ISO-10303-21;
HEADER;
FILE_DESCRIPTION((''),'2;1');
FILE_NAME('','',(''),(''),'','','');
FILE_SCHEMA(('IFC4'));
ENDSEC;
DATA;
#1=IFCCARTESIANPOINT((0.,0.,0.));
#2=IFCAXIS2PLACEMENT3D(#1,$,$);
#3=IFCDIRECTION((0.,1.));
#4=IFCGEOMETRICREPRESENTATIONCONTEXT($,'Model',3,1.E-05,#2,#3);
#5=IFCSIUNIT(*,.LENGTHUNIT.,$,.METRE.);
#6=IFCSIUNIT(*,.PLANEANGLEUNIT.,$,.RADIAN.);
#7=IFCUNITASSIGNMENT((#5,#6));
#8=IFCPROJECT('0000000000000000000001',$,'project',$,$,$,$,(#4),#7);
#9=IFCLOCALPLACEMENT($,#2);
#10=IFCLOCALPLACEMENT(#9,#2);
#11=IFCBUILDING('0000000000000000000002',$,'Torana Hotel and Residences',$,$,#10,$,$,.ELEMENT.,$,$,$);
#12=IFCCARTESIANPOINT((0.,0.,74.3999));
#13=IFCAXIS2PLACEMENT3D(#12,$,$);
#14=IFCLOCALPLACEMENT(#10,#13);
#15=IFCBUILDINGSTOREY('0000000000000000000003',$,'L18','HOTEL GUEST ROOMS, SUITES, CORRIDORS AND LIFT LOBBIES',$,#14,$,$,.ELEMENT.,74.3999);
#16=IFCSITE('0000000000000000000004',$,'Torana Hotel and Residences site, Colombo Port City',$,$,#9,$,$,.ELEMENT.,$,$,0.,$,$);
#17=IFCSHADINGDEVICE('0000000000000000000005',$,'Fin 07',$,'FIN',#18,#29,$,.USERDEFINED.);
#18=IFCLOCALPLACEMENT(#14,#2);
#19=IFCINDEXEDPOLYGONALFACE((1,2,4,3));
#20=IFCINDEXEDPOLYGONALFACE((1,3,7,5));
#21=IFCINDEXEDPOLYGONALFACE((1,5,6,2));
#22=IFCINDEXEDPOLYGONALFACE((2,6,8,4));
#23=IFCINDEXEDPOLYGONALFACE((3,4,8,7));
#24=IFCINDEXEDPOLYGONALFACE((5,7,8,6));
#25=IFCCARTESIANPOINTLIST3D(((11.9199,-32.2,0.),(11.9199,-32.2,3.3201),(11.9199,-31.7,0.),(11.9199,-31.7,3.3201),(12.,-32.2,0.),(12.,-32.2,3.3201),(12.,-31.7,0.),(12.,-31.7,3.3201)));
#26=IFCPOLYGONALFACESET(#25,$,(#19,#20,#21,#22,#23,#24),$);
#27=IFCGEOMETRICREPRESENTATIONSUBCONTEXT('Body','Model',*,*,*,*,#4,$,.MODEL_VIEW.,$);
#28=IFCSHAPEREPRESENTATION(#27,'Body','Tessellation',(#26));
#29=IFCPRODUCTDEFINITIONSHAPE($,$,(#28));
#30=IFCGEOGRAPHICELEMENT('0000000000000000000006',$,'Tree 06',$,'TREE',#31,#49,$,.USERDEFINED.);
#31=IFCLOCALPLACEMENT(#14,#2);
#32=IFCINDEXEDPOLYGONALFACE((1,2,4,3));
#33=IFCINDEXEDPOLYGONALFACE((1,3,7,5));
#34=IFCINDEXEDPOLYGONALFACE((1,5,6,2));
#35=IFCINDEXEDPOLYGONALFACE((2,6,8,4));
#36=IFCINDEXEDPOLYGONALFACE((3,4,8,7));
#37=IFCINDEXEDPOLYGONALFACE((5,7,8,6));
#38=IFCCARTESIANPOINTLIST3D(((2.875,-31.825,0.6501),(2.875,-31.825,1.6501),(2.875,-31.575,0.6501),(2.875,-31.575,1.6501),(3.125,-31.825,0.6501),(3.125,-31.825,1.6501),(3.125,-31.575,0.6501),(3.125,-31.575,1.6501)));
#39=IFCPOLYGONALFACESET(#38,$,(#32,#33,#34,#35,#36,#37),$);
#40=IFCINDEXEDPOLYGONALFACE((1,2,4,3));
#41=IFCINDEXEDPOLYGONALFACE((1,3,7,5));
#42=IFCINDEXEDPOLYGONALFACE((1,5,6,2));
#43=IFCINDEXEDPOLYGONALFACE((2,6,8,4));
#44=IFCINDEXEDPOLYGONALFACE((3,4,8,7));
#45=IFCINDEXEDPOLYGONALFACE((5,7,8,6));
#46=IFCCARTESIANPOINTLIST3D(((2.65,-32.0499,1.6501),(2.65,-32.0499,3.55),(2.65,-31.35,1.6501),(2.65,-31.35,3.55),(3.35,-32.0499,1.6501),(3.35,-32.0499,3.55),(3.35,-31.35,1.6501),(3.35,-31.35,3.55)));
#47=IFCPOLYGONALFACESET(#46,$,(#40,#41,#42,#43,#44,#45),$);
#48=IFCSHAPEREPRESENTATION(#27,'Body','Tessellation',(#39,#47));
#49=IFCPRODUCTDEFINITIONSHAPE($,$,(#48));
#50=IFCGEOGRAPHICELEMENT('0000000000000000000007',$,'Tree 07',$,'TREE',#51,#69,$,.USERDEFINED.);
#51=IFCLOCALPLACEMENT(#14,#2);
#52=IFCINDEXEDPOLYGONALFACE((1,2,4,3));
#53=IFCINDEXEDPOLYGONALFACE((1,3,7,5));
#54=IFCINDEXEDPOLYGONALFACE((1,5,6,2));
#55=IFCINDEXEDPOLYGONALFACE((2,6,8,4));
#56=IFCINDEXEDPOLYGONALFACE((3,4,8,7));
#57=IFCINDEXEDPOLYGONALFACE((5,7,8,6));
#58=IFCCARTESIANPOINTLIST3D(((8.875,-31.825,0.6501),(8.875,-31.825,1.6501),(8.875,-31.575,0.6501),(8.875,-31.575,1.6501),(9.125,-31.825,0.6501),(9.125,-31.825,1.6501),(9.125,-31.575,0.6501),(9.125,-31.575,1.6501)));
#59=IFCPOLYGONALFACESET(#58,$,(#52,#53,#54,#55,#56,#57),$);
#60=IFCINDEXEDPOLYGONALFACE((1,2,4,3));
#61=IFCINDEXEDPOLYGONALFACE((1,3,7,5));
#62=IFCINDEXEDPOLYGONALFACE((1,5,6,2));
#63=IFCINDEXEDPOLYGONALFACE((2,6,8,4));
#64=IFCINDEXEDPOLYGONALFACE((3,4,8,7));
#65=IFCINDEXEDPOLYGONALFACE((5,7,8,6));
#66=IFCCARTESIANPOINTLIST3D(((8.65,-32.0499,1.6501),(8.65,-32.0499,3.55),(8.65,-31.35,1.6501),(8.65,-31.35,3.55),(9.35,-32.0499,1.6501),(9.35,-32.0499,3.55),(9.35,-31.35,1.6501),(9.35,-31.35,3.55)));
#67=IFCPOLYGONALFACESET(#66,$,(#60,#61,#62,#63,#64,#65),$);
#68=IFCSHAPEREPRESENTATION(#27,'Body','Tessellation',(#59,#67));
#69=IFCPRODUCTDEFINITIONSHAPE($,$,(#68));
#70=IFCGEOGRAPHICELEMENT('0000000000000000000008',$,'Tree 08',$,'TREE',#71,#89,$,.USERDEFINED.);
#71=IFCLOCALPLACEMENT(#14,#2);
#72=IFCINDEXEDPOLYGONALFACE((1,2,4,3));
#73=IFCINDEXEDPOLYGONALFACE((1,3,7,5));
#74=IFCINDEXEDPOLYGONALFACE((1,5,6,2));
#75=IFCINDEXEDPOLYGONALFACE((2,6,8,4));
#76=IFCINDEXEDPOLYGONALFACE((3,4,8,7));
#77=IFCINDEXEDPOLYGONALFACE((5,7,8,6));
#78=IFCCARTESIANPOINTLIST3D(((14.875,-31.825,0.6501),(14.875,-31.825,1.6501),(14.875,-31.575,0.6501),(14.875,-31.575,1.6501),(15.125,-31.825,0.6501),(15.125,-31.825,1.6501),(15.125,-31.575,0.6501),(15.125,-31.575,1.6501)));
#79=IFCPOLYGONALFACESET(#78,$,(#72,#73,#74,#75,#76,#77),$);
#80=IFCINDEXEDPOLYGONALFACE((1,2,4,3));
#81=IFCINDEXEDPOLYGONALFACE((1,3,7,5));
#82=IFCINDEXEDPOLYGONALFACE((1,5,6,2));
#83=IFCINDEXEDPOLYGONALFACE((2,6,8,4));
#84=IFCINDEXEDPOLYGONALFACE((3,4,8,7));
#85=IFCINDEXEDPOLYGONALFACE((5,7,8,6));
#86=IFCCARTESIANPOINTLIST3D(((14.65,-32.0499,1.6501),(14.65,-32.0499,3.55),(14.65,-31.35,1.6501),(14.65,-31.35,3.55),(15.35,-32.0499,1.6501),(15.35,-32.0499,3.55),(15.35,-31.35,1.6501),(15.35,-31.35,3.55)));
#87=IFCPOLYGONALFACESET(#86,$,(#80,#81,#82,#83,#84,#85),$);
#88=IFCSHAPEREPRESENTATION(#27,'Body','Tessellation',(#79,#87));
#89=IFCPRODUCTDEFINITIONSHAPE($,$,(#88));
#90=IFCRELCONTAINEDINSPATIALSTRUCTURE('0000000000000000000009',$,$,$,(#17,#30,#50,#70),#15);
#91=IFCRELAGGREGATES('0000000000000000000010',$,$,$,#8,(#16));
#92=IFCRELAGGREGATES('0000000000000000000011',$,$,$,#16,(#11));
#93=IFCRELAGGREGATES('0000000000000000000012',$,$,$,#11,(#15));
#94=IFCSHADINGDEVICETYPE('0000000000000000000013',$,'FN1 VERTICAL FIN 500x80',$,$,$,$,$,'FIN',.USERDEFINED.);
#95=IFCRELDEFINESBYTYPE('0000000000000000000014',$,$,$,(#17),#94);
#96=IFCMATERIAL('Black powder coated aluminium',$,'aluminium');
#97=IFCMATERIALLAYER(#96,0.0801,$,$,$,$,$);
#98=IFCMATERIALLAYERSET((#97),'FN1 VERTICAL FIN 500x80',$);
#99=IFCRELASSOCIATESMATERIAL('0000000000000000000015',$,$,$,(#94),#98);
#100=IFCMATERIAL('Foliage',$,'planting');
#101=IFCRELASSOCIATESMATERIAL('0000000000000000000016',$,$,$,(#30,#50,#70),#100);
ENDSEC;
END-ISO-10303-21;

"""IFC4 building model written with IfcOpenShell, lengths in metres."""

from ifc_helpers import new_model, si_unit, direction, frame, origin, origin_2d, place, context, subcontext, project, spatial, rectangle, extrude, material, layer, layer_set, type_object, element, save


model = new_model("IFC4")

# Units and contexts
model_context = context("Model", 3, precision=1e-05, world=origin(), true_north=direction((0.0, 1.0)))
body_context = subcontext(model_context, "Body", "Model", "MODEL_VIEW")
ifc_project = project(units=[si_unit("LENGTHUNIT", "METRE"), si_unit("PLANEANGLEUNIT", "RADIAN")], contexts=[model_context])

# Site, building, storey
site_placement = place(None, origin())
site = spatial("IfcSite", under=ifc_project, at=site_placement, Name="Torana Hotel and Residences site, Colombo Port City", CompositionType="ELEMENT", RefElevation=0.0)
building_placement = place(site_placement, origin())
building = spatial("IfcBuilding", under=site, at=building_placement, Name="Torana Hotel and Residences", CompositionType="ELEMENT")
storey_placement = place(building_placement, frame((0.0, 0.0, 74.3999)))
storey = spatial("IfcBuildingStorey", under=building, at=storey_placement, Name="L18", Description="HOTEL GUEST ROOMS, SUITES, CORRIDORS AND LIFT LOBBIES", CompositionType="ELEMENT", Elevation=74.3999)

# Shading device
ifc_material_1 = material(Name="Black powder coated aluminium", Category="aluminium")
ifc_layer_1 = layer(ifc_material_1, 0.0801)
ifc_layer_set_1 = layer_set([ifc_layer_1], Name="FN1 VERTICAL FIN 500x80")
shading_device_type = type_object("IfcShadingDeviceType", Name="FN1 VERTICAL FIN 500x80", ElementType="FIN", PredefinedType="USERDEFINED", material=ifc_layer_set_1)
shading_device_placement = place(storey_placement, frame((11.96, -31.95, 0.0), z_axis=(0.0, 0.0, 1.0), x_axis=(-1.0, 0.0, 0.0)))
element("IfcShadingDevice", 1, at=shading_device_placement, inside=storey, type_object=shading_device_type, Name="Fin 07", ObjectType="FIN", PredefinedType="USERDEFINED", context=body_context, shape_type="SweptSolid", body=[
    extrude(rectangle(XDim=0.0801, YDim=0.5, at=origin_2d()), origin(), (0.0, 0.0, 1.0), 3.3201),
])

# Geographic elements
ifc_material_2 = material(Name="Foliage", Category="planting")
for number, where, z_axis, x_axis, name in (
    (2, (3.0, -31.7, 0.6501), (0.0, 0.0, 1.0), (1.0, 0.0, 0.0), "Tree 06"),
    (3, (9.0, -31.7, 0.6501), (0.0, 0.0, 1.0), (1.0, 0.0, 0.0), "Tree 07"),
    (4, (15.0, -31.7, 0.6501), (0.0, 0.0, 1.0), (1.0, 0.0, 0.0), "Tree 08"),
):
    element("IfcGeographicElement", number, at=place(storey_placement, frame(where, z_axis=z_axis, x_axis=x_axis)), inside=storey, material=ifc_material_2, Name=name, ObjectType="TREE", PredefinedType="USERDEFINED", context=body_context, shape_type="SweptSolid", body=[
        extrude(rectangle(XDim=0.25, YDim=0.25, at=origin_2d()), origin(), (0.0, 0.0, 1.0), 1.0),
        extrude(rectangle(XDim=0.7, YDim=0.7, at=origin_2d()), frame((0.0, 0.0, 1.0)), (0.0, 0.0, 1.0), 1.8999),
    ])

save(model, "model.ifc")
